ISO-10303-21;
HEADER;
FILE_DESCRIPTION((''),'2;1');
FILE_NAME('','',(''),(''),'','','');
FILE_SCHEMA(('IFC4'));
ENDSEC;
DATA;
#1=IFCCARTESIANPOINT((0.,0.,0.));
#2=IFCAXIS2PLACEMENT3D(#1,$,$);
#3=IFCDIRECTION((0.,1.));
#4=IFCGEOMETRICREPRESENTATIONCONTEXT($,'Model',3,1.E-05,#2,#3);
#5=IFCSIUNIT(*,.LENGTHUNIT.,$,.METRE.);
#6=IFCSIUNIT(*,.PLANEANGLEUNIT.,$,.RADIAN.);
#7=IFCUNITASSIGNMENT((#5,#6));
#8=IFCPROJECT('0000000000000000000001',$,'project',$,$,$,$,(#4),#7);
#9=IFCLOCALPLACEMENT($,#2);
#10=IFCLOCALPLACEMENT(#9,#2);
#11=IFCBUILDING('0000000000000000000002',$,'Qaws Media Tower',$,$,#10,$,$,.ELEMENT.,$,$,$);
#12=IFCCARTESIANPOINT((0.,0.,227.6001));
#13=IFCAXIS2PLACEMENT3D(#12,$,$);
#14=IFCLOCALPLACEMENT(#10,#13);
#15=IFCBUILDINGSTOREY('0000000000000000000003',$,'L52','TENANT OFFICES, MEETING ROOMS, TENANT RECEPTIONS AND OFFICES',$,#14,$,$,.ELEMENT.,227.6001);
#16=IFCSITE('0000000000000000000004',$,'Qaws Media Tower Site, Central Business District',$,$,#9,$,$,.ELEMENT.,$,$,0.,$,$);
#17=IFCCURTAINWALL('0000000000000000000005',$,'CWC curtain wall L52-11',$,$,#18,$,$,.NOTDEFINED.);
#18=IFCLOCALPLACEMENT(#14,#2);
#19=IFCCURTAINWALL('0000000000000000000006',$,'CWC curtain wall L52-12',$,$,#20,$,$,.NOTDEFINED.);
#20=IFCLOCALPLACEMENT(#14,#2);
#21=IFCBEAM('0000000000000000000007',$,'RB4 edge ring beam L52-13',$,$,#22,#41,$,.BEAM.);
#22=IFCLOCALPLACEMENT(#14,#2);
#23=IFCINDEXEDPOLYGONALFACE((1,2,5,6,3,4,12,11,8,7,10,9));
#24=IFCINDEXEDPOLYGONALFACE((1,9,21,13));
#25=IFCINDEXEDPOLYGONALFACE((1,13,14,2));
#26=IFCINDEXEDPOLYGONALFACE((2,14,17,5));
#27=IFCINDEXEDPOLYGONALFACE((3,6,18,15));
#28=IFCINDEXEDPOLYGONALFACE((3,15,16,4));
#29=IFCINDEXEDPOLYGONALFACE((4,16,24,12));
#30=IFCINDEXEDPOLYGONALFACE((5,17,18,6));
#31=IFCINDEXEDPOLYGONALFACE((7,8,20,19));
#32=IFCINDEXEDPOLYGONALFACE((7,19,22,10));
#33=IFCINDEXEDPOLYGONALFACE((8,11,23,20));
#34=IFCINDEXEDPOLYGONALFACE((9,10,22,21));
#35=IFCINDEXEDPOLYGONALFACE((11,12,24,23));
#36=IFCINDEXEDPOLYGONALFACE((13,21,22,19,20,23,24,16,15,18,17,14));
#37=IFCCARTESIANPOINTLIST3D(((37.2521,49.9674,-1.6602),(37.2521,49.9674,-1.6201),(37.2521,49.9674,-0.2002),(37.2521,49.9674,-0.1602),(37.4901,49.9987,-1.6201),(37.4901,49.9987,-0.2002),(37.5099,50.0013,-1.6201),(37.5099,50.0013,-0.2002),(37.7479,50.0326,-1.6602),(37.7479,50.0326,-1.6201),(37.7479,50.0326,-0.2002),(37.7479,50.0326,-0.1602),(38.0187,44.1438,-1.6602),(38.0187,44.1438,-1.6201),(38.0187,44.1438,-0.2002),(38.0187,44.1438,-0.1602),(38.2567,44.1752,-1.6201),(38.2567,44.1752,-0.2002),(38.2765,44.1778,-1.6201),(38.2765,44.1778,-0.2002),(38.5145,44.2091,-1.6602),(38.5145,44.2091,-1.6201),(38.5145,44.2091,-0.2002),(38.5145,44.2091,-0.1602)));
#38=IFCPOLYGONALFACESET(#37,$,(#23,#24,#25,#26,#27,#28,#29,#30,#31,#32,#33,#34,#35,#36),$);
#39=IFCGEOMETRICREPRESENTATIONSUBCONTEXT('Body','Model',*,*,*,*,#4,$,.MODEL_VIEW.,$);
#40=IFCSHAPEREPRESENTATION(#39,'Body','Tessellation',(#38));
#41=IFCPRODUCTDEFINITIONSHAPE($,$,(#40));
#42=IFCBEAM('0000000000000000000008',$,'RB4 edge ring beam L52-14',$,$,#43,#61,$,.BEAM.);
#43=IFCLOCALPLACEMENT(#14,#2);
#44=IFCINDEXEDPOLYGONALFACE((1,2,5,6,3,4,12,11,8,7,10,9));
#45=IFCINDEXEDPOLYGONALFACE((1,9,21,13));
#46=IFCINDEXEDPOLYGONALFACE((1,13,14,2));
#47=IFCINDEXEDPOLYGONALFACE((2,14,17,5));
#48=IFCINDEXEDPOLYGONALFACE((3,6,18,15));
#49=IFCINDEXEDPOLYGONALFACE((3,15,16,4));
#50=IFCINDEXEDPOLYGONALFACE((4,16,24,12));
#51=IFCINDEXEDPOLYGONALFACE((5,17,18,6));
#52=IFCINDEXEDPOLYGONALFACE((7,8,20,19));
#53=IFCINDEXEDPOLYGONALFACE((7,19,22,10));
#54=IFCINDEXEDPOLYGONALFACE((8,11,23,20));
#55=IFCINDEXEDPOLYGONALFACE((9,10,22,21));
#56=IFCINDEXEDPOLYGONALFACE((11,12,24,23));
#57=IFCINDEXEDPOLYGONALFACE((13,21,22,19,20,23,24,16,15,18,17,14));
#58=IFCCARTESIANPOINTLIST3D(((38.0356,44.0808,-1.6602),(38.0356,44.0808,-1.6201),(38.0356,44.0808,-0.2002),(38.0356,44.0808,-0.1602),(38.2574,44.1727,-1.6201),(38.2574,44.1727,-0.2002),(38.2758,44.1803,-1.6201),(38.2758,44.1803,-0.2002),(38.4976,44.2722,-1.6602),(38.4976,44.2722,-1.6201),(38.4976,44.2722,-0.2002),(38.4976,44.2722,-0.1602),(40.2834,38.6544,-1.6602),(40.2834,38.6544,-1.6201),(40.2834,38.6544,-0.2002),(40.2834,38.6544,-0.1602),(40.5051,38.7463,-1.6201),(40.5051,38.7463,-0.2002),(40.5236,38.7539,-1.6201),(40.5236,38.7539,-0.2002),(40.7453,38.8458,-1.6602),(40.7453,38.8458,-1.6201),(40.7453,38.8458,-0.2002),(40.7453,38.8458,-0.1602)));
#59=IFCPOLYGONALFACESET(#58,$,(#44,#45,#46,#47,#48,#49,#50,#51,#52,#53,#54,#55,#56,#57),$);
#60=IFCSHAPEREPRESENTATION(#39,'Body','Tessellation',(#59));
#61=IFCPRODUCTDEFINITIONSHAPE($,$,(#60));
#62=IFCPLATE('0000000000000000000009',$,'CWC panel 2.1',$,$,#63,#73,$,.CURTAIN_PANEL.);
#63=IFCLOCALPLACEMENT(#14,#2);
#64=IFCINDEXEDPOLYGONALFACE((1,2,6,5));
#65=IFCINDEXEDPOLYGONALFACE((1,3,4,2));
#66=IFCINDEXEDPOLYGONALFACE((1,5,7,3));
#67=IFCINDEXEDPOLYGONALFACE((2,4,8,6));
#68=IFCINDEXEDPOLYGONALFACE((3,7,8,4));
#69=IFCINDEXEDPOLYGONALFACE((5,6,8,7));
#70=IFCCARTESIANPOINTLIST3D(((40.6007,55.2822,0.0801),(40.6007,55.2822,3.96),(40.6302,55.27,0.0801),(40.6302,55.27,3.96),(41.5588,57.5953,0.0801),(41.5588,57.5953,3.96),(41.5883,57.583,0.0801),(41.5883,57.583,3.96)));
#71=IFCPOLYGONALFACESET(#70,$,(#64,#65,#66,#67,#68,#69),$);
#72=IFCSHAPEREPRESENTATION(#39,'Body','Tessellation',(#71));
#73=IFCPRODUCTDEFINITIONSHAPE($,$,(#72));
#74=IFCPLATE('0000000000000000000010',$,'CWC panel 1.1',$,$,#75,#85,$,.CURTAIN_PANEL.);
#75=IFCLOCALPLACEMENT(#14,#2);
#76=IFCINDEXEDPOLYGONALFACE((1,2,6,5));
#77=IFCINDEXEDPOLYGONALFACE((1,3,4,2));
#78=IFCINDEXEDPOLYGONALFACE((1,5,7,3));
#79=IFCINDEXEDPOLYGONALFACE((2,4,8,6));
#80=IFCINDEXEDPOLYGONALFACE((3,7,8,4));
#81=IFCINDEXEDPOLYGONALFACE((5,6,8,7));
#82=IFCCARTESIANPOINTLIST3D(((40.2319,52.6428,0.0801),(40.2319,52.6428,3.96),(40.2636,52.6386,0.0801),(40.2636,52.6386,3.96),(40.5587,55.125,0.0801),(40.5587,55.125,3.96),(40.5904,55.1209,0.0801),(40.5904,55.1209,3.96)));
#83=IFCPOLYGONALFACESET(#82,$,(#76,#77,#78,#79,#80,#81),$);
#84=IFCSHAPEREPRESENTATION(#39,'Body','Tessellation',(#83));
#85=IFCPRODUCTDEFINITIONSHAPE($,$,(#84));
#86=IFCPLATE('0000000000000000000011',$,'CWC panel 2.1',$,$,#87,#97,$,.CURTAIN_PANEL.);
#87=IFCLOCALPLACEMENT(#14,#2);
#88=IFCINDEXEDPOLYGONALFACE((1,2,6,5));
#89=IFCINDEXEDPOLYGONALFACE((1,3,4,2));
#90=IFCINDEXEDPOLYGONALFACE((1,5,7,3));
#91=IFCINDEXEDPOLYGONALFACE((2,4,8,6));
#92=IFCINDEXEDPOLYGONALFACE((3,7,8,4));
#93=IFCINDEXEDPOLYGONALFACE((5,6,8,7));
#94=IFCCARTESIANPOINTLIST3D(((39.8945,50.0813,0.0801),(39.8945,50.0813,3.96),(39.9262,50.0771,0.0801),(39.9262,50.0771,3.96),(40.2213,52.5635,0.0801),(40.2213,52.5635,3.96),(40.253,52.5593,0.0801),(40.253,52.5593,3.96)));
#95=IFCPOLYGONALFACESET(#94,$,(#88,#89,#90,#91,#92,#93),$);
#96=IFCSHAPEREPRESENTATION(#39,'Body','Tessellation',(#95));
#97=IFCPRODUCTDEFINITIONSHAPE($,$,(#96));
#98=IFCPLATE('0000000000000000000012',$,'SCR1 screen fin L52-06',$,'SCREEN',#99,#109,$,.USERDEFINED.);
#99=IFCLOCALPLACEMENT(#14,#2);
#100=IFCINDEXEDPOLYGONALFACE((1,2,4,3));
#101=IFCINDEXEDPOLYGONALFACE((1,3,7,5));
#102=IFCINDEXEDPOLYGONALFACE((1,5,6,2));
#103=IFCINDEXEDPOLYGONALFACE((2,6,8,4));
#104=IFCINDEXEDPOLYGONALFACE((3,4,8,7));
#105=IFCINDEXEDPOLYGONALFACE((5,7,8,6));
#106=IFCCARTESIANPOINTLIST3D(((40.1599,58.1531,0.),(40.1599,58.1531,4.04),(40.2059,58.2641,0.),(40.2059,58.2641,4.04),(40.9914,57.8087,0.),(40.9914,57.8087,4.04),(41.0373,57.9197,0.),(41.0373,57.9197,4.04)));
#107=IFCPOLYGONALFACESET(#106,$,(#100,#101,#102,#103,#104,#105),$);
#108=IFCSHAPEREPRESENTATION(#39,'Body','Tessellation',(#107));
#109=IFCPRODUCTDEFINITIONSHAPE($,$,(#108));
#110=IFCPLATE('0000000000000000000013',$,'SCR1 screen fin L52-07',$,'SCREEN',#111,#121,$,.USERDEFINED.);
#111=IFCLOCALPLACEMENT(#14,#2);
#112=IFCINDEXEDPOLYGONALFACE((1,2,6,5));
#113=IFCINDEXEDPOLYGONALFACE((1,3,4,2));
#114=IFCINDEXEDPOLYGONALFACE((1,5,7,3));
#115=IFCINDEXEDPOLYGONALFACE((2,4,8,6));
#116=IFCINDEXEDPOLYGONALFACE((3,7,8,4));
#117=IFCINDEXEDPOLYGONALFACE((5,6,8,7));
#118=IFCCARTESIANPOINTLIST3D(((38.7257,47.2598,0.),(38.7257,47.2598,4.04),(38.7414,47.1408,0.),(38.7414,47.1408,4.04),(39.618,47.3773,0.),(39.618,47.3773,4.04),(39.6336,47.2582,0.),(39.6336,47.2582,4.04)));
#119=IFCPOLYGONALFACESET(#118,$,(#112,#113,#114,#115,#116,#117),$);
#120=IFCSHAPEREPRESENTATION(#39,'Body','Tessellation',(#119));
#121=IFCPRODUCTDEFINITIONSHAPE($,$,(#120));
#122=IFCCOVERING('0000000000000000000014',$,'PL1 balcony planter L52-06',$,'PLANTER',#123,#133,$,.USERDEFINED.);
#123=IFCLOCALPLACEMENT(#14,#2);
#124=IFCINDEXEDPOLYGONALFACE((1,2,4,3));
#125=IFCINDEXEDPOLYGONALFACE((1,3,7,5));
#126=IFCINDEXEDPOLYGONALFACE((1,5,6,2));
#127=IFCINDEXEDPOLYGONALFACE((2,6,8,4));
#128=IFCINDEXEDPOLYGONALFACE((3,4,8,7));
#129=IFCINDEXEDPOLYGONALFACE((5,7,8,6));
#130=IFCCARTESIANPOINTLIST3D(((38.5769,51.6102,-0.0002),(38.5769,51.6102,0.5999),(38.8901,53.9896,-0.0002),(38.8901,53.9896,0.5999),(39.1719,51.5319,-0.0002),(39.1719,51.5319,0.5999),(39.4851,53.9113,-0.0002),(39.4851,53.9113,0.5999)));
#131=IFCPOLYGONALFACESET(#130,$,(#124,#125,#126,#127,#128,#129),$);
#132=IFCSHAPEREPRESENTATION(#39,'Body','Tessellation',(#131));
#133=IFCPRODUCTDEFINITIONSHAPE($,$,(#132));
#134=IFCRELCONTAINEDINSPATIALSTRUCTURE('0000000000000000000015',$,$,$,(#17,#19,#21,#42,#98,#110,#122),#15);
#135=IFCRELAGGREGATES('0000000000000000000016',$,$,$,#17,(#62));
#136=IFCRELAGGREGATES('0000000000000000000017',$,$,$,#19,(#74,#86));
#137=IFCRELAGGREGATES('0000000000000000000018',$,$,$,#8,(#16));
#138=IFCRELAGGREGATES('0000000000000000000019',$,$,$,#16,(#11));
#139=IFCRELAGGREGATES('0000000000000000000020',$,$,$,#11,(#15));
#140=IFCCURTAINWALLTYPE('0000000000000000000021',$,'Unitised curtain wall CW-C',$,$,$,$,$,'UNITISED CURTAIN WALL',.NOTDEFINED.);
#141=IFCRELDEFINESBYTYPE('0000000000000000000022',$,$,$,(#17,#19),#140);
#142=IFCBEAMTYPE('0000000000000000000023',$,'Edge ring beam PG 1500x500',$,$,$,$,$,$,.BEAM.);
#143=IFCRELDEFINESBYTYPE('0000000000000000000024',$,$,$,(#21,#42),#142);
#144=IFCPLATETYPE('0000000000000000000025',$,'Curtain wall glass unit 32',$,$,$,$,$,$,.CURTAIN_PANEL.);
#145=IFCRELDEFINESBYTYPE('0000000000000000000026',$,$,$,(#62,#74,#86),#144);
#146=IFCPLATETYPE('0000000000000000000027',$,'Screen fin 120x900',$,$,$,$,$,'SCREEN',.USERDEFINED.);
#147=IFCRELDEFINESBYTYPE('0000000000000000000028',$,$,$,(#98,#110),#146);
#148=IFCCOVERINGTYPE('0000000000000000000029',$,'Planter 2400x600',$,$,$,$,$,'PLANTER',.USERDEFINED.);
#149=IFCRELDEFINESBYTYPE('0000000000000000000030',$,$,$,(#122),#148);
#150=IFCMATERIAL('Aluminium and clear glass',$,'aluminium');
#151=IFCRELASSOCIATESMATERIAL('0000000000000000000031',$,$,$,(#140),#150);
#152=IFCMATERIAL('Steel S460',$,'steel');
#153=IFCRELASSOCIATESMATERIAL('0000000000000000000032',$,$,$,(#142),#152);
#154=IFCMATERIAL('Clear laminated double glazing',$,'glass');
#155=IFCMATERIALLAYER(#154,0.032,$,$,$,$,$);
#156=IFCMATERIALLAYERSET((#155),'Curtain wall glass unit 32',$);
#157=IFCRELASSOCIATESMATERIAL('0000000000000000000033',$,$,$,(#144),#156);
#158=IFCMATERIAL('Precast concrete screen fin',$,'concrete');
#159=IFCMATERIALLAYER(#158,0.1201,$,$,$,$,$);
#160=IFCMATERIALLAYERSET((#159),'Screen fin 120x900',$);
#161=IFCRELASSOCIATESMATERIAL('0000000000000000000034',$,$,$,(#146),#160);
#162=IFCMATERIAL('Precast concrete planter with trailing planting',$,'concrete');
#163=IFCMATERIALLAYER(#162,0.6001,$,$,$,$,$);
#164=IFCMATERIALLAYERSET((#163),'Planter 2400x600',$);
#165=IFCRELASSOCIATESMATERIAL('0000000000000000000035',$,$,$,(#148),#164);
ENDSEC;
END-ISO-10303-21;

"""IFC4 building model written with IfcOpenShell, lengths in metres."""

from ifc_helpers import new_model, si_unit, direction, frame, origin, origin_2d, place, context, subcontext, project, spatial, rectangle, i_section, extrude, material, layer, layer_set, material_profile, profile_set, type_object, element, aggregate, save


model = new_model("IFC4")

# Units and contexts
model_context = context("Model", 3, precision=1e-05, world=origin(), true_north=direction((0.0, 1.0)))
body_context = subcontext(model_context, "Body", "Model", "MODEL_VIEW")
ifc_project = project(units=[si_unit("LENGTHUNIT", "METRE"), si_unit("PLANEANGLEUNIT", "RADIAN")], contexts=[model_context])

# Site, building, storey
site_placement = place(None, origin())
site = spatial("IfcSite", under=ifc_project, at=site_placement, Name="Qaws Media Tower Site, Central Business District", CompositionType="ELEMENT", RefElevation=0.0)
building_placement = place(site_placement, origin())
building = spatial("IfcBuilding", under=site, at=building_placement, Name="Qaws Media Tower", CompositionType="ELEMENT")
storey_placement = place(building_placement, frame((0.0, 0.0, 227.6001)))
storey = spatial("IfcBuildingStorey", under=building, at=storey_placement, Name="L52", Description="TENANT OFFICES, MEETING ROOMS, TENANT RECEPTIONS AND OFFICES", CompositionType="ELEMENT", Elevation=227.6001)

# Curtain wall
ifc_material_1 = material(Name="Aluminium and clear glass", Category="aluminium")
curtain_wall_type = type_object("IfcCurtainWallType", Name="Unitised curtain wall CW-C", ElementType="UNITISED CURTAIN WALL", PredefinedType="NOTDEFINED", material=ifc_material_1)
curtain_wall_1_placement = place(storey_placement, origin())
curtain_wall_1 = element("IfcCurtainWall", 1, at=curtain_wall_1_placement, inside=storey, type_object=curtain_wall_type, Name="CWC curtain wall L52-11", PredefinedType="NOTDEFINED")

# Curtain wall
curtain_wall_2_placement = place(storey_placement, origin())
curtain_wall_2 = element("IfcCurtainWall", 2, at=curtain_wall_2_placement, inside=storey, type_object=curtain_wall_type, Name="CWC curtain wall L52-12", PredefinedType="NOTDEFINED")

# Beams
ifc_material_2 = material(Name="Steel S460", Category="steel")
ifc_material_profile_1 = material_profile(ifc_material_2, i_section(OverallWidth=0.5, OverallDepth=1.5, WebThickness=0.02, FlangeThickness=0.04, at=origin_2d()), Name="PG 1500x500")
ifc_profile_set_1 = profile_set([ifc_material_profile_1], Name="Steel S460")
beam_type = type_object("IfcBeamType", Name="Edge ring beam PG 1500x500", PredefinedType="BEAM", material=ifc_profile_set_1)
for number, where, z_axis, x_axis, name in (
    (3, (37.5, 50.0, -0.9102), (0.130514, -0.991447, 0.0), (0.991447, 0.130514, 0.0), "RB4 edge ring beam L52-13"),
):
    element("IfcBeam", number, at=place(storey_placement, frame(where, z_axis=z_axis, x_axis=x_axis)), inside=storey, type_object=beam_type, Name=name, PredefinedType="BEAM", context=body_context, shape_type="SweptSolid", body=[
        extrude(i_section(OverallWidth=0.5, OverallDepth=1.5, WebThickness=0.02, FlangeThickness=0.04, at=origin_2d()), origin(), (0.0, 0.0, 1.0), 5.8738),
    ])
beam_placement = place(storey_placement, frame((38.2666, 44.1765, -0.9102), z_axis=(0.382693, -0.923875, 0.0), x_axis=(0.923875, 0.382693, 0.0)))
element("IfcBeam", 4, at=beam_placement, inside=storey, type_object=beam_type, Name="RB4 edge ring beam L52-14", PredefinedType="BEAM", context=body_context, shape_type="SweptSolid", body=[
    extrude(i_section(OverallWidth=0.5, OverallDepth=1.5, WebThickness=0.02, FlangeThickness=0.04, at=origin_2d()), origin(), (0.0, 0.0, 1.0), 5.8735),
])

# Plates
ifc_material_3 = material(Name="Clear laminated double glazing", Category="glass")
ifc_layer_1 = layer(ifc_material_3, 0.032)
ifc_layer_set_1 = layer_set([ifc_layer_1], Name="Curtain wall glass unit 32")
plate_type_1 = type_object("IfcPlateType", Name="Curtain wall glass unit 32", PredefinedType="CURTAIN_PANEL", material=ifc_layer_set_1)
plate_1_placement = place(storey_placement, frame((41.0945, 56.4326, 0.0801), z_axis=(0.0, 0.0, 1.0), x_axis=(-0.382683, -0.92388, 0.0)))
plate_1 = element("IfcPlate", 5, at=plate_1_placement, type_object=plate_type_1, Name="CWC panel 2.1", PredefinedType="CURTAIN_PANEL", context=body_context, shape_type="SweptSolid", body=[
    extrude(rectangle(XDim=2.5037, YDim=0.032, at=origin_2d()), origin(), (0.0, 0.0, 1.0), 3.8799),
])
aggregate(curtain_wall_1, [plate_1])
plate_2_placement = place(storey_placement, frame((40.4111, 53.8818, 0.0801), z_axis=(0.0, 0.0, 1.0), x_axis=(-0.130526, -0.991445, 0.0)))
plate_2 = element("IfcPlate", 6, at=plate_2_placement, type_object=plate_type_1, Name="CWC panel 1.1", PredefinedType="CURTAIN_PANEL", context=body_context, shape_type="SweptSolid", body=[
    extrude(rectangle(XDim=2.5037, YDim=0.032, at=origin_2d()), origin(), (0.0, 0.0, 1.0), 3.8799),
])
plate_3_placement = place(storey_placement, frame((40.0737, 51.3203, 0.0801), z_axis=(0.0, 0.0, 1.0), x_axis=(-0.130526, -0.991445, 0.0)))
plate_3 = element("IfcPlate", 7, at=plate_3_placement, type_object=plate_type_1, Name="CWC panel 2.1", PredefinedType="CURTAIN_PANEL", context=body_context, shape_type="SweptSolid", body=[
    extrude(rectangle(XDim=2.5037, YDim=0.032, at=origin_2d()), origin(), (0.0, 0.0, 1.0), 3.8799),
])
aggregate(curtain_wall_2, [plate_2, plate_3])

# Plates
ifc_material_4 = material(Name="Precast concrete screen fin", Category="concrete")
ifc_layer_2 = layer(ifc_material_4, 0.1201)
ifc_layer_set_2 = layer_set([ifc_layer_2], Name="Screen fin 120x900")
plate_type_2 = type_object("IfcPlateType", Name="Screen fin 120x900", ElementType="SCREEN", PredefinedType="USERDEFINED", material=ifc_layer_set_2)
for number, where, z_axis, x_axis, name in (
    (8, (40.5986, 58.0364, 0.0), (0.0, 0.0, 1.0), (-0.92388, 0.382683, 0.0), "SCR1 screen fin L52-06"),
    (9, (39.1797, 47.259, 0.0), (0.0, 0.0, 1.0), (-0.991445, -0.130526, 0.0), "SCR1 screen fin L52-07"),
):
    element("IfcPlate", number, at=place(storey_placement, frame(where, z_axis=z_axis, x_axis=x_axis)), inside=storey, type_object=plate_type_2, Name=name, ObjectType="SCREEN", PredefinedType="USERDEFINED", context=body_context, shape_type="SweptSolid", body=[
        extrude(rectangle(XDim=0.8999, YDim=0.1201, at=origin_2d()), origin(), (0.0, 0.0, 1.0), 4.04),
    ])

# Covering
ifc_material_5 = material(Name="Precast concrete planter with trailing planting", Category="concrete")
ifc_layer_3 = layer(ifc_material_5, 0.6001)
ifc_layer_set_3 = layer_set([ifc_layer_3], Name="Planter 2400x600")
covering_type = type_object("IfcCoveringType", Name="Planter 2400x600", ElementType="PLANTER", PredefinedType="USERDEFINED", material=ifc_layer_set_3)
covering_placement = place(storey_placement, frame((39.031, 52.7607, -0.0002), z_axis=(0.0, 0.0, 1.0), x_axis=(-0.130526, -0.991445, 0.0)))
element("IfcCovering", 10, at=covering_placement, inside=storey, type_object=covering_type, Name="PL1 balcony planter L52-06", ObjectType="PLANTER", PredefinedType="USERDEFINED", context=body_context, shape_type="SweptSolid", body=[
    extrude(rectangle(XDim=2.3999, YDim=0.6001, at=origin_2d()), origin(), (0.0, 0.0, 1.0), 0.6001),
])

save(model, "model.ifc")
